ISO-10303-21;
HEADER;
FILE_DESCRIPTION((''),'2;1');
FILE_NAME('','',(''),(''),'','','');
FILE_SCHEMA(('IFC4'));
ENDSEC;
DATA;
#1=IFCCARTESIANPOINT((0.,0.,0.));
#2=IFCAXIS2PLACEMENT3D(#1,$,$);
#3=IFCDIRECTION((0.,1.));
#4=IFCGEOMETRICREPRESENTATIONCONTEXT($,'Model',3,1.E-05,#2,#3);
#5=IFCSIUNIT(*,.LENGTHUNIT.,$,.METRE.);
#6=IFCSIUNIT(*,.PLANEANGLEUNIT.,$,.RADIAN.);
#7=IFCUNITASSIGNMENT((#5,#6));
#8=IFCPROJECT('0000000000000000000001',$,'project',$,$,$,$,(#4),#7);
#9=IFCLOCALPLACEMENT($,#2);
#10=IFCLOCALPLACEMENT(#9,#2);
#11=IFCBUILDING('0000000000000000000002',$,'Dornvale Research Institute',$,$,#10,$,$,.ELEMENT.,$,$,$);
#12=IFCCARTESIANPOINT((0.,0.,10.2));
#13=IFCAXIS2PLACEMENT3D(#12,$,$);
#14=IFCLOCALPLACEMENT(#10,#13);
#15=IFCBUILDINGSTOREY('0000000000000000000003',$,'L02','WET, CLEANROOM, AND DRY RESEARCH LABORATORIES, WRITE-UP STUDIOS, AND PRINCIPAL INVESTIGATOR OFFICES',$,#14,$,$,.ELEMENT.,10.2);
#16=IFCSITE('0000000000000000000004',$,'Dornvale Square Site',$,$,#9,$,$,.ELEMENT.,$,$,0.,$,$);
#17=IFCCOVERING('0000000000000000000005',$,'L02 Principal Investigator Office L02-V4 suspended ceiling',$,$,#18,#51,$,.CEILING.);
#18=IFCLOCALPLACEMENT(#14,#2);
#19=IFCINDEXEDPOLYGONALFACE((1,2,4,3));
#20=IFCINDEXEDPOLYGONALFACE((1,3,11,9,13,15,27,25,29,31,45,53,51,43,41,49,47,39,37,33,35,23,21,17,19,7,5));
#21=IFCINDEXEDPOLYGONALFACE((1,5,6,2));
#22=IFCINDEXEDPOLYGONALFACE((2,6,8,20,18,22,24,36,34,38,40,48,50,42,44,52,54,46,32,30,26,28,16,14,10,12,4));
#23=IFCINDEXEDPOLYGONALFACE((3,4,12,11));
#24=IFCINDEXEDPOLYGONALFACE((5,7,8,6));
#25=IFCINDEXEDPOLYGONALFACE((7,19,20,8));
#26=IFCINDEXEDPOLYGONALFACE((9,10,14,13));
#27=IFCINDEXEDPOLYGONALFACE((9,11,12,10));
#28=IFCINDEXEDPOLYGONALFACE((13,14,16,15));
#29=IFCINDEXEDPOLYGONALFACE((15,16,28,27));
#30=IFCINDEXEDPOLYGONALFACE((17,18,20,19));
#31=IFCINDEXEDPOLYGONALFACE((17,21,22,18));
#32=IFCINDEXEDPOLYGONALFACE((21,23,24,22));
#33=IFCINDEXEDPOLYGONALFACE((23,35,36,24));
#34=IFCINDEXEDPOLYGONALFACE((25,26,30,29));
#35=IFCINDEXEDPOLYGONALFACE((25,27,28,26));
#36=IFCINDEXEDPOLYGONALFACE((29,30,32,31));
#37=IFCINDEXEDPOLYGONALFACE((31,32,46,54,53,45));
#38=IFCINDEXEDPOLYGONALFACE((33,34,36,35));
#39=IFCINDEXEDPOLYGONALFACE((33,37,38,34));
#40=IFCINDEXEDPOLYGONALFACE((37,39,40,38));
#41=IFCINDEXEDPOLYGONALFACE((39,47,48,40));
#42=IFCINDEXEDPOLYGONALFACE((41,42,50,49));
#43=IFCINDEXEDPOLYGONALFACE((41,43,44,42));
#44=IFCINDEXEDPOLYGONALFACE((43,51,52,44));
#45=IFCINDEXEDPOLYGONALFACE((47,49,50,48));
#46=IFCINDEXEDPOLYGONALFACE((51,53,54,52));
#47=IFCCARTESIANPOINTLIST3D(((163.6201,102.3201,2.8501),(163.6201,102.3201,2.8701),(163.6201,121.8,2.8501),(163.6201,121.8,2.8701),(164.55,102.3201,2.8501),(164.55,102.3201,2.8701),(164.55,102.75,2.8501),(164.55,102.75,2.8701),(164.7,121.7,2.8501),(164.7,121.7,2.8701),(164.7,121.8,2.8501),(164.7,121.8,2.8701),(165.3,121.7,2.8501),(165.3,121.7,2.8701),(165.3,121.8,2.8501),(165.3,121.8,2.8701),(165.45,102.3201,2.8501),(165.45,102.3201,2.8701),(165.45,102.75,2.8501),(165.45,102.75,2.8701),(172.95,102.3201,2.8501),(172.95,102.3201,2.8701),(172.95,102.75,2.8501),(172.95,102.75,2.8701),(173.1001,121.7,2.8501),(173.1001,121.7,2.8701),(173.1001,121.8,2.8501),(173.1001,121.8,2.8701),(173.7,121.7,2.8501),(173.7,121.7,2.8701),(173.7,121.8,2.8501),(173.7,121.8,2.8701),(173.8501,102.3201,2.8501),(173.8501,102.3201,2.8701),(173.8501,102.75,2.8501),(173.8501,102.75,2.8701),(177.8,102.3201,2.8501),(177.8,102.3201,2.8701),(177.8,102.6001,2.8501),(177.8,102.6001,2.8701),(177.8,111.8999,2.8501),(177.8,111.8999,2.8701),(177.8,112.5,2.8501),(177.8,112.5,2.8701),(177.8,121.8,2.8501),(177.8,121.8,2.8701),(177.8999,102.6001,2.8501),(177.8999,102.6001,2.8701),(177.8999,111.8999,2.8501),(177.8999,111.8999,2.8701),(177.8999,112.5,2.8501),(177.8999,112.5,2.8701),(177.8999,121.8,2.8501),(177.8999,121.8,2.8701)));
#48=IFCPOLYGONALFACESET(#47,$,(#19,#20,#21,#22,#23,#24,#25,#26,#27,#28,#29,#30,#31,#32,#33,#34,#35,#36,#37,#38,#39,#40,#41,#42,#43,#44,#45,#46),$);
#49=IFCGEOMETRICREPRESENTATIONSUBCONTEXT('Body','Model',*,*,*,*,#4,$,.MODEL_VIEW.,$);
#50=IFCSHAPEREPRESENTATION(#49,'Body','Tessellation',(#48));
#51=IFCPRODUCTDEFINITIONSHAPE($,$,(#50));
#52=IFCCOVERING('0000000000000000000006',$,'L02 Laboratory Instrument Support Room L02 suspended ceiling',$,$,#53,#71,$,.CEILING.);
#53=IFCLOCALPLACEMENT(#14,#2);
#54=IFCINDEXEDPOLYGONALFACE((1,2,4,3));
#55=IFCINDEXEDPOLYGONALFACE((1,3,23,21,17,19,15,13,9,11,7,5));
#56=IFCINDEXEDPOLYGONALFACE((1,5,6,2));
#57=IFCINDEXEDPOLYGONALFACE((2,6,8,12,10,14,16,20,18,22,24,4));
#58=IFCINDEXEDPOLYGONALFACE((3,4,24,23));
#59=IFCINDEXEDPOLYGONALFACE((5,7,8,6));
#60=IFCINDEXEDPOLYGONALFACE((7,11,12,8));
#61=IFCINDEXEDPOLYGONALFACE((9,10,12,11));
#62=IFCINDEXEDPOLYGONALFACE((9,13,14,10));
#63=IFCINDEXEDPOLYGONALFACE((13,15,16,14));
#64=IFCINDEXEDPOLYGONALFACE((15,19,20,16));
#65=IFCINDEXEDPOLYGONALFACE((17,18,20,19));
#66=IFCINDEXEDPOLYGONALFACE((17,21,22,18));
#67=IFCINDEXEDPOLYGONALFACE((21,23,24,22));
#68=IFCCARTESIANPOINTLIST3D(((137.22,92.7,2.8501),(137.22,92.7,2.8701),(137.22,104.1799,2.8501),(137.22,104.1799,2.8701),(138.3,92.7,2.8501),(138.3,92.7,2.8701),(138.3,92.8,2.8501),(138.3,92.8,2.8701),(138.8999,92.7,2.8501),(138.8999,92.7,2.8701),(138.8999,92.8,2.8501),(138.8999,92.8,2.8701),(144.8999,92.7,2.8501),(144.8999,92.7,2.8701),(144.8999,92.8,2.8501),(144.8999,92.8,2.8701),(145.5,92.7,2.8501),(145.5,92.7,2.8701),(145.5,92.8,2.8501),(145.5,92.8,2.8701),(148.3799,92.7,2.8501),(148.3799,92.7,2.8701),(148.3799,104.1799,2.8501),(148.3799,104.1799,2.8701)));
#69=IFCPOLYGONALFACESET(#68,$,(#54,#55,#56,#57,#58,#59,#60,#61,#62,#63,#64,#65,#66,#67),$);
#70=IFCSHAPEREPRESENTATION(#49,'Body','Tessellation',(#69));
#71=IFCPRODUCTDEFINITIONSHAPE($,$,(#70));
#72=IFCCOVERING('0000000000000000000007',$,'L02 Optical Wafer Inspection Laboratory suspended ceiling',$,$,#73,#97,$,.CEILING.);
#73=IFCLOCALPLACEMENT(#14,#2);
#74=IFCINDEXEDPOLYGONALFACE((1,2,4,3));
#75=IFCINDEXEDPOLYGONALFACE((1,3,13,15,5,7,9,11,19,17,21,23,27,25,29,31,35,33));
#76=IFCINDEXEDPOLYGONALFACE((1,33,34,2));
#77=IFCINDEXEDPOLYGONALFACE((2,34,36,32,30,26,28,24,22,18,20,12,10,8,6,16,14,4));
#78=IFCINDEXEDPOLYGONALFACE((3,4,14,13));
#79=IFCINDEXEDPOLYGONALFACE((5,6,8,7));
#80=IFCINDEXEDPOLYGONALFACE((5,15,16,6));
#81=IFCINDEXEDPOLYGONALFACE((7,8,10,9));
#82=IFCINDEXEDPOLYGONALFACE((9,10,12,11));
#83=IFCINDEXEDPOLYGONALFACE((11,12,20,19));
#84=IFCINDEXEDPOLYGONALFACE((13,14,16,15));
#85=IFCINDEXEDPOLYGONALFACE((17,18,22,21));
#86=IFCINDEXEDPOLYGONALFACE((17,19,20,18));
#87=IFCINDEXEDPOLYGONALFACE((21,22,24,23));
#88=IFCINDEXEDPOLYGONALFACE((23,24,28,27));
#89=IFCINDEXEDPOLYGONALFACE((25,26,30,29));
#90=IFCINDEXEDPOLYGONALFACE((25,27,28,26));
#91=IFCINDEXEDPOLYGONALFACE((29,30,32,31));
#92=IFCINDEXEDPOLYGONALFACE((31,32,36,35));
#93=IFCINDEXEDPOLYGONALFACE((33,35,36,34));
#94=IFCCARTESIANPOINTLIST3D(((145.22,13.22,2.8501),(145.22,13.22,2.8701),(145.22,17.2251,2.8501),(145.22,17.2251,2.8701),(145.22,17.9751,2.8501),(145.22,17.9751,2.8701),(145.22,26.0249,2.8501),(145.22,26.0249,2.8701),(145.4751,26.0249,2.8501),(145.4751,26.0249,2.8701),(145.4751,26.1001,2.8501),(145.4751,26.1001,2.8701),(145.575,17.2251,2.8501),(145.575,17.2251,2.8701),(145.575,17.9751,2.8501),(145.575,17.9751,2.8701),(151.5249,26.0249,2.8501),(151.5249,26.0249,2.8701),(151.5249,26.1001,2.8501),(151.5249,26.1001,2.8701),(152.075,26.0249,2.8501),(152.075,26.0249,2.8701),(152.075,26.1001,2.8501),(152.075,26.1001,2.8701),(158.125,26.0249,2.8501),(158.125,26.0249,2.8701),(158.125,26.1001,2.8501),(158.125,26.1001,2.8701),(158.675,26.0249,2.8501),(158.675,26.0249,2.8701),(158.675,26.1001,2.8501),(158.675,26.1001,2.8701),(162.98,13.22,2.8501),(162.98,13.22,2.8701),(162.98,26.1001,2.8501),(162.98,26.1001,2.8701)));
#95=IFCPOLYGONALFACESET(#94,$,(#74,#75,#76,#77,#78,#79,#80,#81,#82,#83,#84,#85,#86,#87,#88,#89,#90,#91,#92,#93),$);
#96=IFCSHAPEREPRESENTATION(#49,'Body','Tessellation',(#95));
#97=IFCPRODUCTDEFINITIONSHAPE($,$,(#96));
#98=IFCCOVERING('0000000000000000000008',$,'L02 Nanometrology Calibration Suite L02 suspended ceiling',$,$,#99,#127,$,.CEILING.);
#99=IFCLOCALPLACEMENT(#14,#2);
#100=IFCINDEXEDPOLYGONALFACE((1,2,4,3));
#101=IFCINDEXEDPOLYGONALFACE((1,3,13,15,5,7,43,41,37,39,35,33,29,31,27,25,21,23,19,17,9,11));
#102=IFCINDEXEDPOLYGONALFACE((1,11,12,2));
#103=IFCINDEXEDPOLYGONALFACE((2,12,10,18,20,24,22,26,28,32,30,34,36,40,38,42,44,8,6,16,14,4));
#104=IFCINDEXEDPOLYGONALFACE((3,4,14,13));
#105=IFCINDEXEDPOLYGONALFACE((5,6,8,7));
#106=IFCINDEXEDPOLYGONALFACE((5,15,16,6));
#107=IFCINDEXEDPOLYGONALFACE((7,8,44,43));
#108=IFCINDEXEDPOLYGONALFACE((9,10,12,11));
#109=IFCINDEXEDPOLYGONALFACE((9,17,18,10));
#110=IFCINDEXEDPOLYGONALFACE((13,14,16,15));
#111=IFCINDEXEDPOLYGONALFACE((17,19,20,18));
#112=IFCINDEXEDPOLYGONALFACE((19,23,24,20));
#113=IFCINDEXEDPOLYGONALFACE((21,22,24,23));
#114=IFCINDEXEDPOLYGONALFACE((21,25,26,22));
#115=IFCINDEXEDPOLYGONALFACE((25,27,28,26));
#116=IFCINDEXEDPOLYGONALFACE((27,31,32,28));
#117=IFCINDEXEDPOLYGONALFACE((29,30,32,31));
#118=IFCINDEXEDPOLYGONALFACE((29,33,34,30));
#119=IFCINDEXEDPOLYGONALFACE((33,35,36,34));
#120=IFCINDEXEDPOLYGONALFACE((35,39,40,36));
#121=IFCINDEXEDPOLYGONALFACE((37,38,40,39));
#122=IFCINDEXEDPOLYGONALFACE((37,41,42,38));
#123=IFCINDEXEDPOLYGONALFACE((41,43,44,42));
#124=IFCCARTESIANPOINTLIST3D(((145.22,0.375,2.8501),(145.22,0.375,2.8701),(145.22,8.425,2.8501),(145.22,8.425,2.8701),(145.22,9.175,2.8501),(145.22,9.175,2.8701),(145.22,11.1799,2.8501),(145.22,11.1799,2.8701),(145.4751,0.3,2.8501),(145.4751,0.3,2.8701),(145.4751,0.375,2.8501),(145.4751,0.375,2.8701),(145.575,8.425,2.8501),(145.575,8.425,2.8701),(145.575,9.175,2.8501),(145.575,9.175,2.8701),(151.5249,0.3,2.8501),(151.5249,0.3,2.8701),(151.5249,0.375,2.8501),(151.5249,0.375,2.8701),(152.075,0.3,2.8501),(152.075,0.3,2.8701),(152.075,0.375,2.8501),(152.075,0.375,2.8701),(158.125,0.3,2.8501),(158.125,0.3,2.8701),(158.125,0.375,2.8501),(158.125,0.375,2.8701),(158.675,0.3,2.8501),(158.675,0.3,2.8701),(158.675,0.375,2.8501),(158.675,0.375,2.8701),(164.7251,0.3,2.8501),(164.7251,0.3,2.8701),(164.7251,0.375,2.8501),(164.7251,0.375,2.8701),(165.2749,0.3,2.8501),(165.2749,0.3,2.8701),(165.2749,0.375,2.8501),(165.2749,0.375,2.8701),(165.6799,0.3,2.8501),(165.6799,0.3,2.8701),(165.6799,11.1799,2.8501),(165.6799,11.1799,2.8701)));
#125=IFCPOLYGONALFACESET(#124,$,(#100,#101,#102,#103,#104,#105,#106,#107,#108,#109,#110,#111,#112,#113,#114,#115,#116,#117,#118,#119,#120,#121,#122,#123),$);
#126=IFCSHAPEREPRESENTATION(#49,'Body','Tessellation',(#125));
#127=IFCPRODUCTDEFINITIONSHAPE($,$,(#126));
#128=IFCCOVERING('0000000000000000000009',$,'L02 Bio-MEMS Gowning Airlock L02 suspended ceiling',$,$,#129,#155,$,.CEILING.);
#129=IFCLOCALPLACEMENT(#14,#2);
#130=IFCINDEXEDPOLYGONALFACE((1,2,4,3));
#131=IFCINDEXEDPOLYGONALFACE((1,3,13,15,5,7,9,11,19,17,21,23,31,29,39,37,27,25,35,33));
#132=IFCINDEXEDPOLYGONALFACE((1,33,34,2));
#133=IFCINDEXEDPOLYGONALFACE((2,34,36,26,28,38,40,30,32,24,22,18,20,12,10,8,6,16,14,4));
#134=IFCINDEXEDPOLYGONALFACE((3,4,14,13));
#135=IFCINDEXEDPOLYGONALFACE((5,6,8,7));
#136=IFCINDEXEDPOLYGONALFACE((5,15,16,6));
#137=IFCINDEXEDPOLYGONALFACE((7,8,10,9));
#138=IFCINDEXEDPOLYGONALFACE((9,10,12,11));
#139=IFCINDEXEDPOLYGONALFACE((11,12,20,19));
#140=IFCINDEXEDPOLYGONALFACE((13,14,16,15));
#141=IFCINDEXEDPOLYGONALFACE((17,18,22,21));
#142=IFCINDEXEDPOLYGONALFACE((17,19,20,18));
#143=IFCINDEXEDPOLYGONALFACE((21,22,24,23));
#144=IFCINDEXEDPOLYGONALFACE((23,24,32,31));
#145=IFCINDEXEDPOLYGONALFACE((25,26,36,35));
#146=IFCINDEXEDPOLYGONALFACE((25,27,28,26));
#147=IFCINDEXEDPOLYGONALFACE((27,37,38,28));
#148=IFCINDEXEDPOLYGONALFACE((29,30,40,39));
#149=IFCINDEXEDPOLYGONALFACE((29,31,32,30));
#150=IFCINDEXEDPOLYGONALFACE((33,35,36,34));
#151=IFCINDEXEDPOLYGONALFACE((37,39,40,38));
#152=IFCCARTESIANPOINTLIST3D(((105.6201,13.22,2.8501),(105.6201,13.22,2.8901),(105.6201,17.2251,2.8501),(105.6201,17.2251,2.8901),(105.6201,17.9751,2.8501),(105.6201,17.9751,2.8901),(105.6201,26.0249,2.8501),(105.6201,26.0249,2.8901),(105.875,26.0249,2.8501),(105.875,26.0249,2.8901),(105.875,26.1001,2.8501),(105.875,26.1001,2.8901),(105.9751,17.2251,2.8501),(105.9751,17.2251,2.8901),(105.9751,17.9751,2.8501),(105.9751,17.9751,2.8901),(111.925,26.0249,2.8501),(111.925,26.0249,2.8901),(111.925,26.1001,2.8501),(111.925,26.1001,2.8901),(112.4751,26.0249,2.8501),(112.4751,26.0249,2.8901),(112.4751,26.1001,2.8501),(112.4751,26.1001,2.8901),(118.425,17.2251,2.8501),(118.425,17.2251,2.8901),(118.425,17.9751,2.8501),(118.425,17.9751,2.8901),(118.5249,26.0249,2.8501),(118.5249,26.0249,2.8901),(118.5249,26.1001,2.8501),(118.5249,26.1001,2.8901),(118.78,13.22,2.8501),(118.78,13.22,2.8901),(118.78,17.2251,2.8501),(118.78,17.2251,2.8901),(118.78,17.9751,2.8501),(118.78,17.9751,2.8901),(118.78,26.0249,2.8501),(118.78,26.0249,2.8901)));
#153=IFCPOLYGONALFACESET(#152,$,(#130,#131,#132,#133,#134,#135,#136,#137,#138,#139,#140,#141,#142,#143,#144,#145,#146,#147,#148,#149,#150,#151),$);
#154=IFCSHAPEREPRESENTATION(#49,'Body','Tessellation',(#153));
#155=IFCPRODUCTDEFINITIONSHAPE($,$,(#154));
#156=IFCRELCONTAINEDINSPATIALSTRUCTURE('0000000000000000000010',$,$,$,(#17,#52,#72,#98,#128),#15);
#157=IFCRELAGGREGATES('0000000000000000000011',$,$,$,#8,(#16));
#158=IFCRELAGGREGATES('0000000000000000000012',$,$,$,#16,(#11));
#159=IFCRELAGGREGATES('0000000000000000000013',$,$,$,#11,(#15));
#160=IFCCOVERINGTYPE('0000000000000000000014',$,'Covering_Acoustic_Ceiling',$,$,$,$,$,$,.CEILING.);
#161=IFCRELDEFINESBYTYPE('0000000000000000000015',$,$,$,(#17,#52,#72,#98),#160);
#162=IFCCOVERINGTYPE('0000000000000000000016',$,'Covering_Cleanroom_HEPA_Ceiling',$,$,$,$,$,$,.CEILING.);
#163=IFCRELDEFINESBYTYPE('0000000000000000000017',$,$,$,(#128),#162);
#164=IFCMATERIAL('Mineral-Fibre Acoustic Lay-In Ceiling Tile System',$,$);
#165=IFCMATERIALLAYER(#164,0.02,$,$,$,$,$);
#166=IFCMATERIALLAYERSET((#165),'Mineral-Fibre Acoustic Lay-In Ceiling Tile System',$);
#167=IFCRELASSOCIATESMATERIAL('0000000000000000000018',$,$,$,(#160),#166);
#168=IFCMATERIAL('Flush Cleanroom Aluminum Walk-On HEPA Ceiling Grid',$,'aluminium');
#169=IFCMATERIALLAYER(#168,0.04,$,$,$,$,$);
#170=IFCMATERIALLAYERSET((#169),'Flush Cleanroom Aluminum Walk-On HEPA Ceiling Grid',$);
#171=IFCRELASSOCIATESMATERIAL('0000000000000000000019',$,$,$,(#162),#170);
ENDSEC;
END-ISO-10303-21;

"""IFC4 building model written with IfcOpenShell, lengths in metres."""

from ifc_helpers import new_model, si_unit, direction, frame, origin, place, context, subcontext, project, spatial, polyline, outline, extrude, material, layer, layer_set, type_object, element, save


model = new_model("IFC4")

# Units and contexts
model_context = context("Model", 3, precision=1e-05, world=origin(), true_north=direction((0.0, 1.0)))
body_context = subcontext(model_context, "Body", "Model", "MODEL_VIEW")
ifc_project = project(units=[si_unit("LENGTHUNIT", "METRE"), si_unit("PLANEANGLEUNIT", "RADIAN")], contexts=[model_context])

# Site, building, storey
site_placement = place(None, origin())
site = spatial("IfcSite", under=ifc_project, at=site_placement, Name="Dornvale Square Site", CompositionType="ELEMENT", RefElevation=0.0)
building_placement = place(site_placement, origin())
building = spatial("IfcBuilding", under=site, at=building_placement, Name="Dornvale Research Institute", CompositionType="ELEMENT")
storey_placement = place(building_placement, frame((0.0, 0.0, 10.2)))
storey = spatial("IfcBuildingStorey", under=building, at=storey_placement, Name="L02", Description="WET, CLEANROOM, AND DRY RESEARCH LABORATORIES, WRITE-UP STUDIOS, AND PRINCIPAL INVESTIGATOR OFFICES", CompositionType="ELEMENT", Elevation=10.2)

# Coverings
ifc_material_1 = material(Name="Mineral-Fibre Acoustic Lay-In Ceiling Tile System")
ifc_layer_1 = layer(ifc_material_1, 0.02)
ifc_layer_set_1 = layer_set([ifc_layer_1], Name="Mineral-Fibre Acoustic Lay-In Ceiling Tile System")
covering_type_1 = type_object("IfcCoveringType", Name="Covering_Acoustic_Ceiling", PredefinedType="CEILING", material=ifc_layer_set_1)
covering_1_placement = place(storey_placement, frame((0.0, 0.0, 2.8501)))
element("IfcCovering", 1, at=covering_1_placement, inside=storey, type_object=covering_type_1, Name="L02 Principal Investigator Office L02-V4 suspended ceiling", PredefinedType="CEILING", context=body_context, shape_type="SweptSolid", body=[
    extrude(outline(polyline([(165.3, 121.7), (165.3, 121.8), (173.1001, 121.8), (173.1001, 121.7), (173.7, 121.7), (173.7, 121.8), (177.8, 121.8), (177.8999, 121.8), (177.8999, 112.5), (177.8, 112.5), (177.8, 111.8999), (177.8999, 111.8999), (177.8999, 102.6001), (177.8, 102.6001), (177.8, 102.3201), (173.8501, 102.3201), (173.8501, 102.75), (172.95, 102.75), (172.95, 102.3201), (165.45, 102.3201), (165.45, 102.75), (164.55, 102.75), (164.55, 102.3201), (163.6201, 102.3201), (163.6201, 121.8), (164.7, 121.8), (164.7, 121.7), (165.3, 121.7)])), origin(), (0.0, 0.0, 1.0), 0.02),
])
covering_2_placement = place(storey_placement, frame((0.0, 0.0, 2.8501)))
element("IfcCovering", 2, at=covering_2_placement, inside=storey, type_object=covering_type_1, Name="L02 Laboratory Instrument Support Room L02 suspended ceiling", PredefinedType="CEILING", context=body_context, shape_type="SweptSolid", body=[
    extrude(outline(polyline([(138.8999, 92.7), (138.8999, 92.8), (138.3, 92.8), (138.3, 92.7), (137.22, 92.7), (137.22, 104.1799), (148.3799, 104.1799), (148.3799, 92.7), (145.5, 92.7), (145.5, 92.8), (144.8999, 92.8), (144.8999, 92.7), (138.8999, 92.7)])), origin(), (0.0, 0.0, 1.0), 0.02),
])
covering_3_placement = place(storey_placement, frame((0.0, 0.0, 2.8501)))
element("IfcCovering", 3, at=covering_3_placement, inside=storey, type_object=covering_type_1, Name="L02 Optical Wafer Inspection Laboratory suspended ceiling", PredefinedType="CEILING", context=body_context, shape_type="SweptSolid", body=[
    extrude(outline(polyline([(145.22, 17.9751), (145.22, 26.0249), (145.4751, 26.0249), (145.4751, 26.1001), (151.5249, 26.1001), (151.5249, 26.0249), (152.075, 26.0249), (152.075, 26.1001), (158.125, 26.1001), (158.125, 26.0249), (158.675, 26.0249), (158.675, 26.1001), (162.98, 26.1001), (162.98, 13.22), (145.22, 13.22), (145.22, 17.2251), (145.575, 17.2251), (145.575, 17.9751), (145.22, 17.9751)])), origin(), (0.0, 0.0, 1.0), 0.02),
])
covering_4_placement = place(storey_placement, frame((0.0, 0.0, 2.8501)))
element("IfcCovering", 4, at=covering_4_placement, inside=storey, type_object=covering_type_1, Name="L02 Nanometrology Calibration Suite L02 suspended ceiling", PredefinedType="CEILING", context=body_context, shape_type="SweptSolid", body=[
    extrude(outline(polyline([(158.675, 0.3), (158.675, 0.375), (158.125, 0.375), (158.125, 0.3), (152.075, 0.3), (152.075, 0.375), (151.5249, 0.375), (151.5249, 0.3), (145.4751, 0.3), (145.4751, 0.375), (145.22, 0.375), (145.22, 8.425), (145.575, 8.425), (145.575, 9.175), (145.22, 9.175), (145.22, 11.1799), (165.6799, 11.1799), (165.6799, 0.3), (165.2749, 0.3), (165.2749, 0.375), (164.7251, 0.375), (164.7251, 0.3), (158.675, 0.3)])), origin(), (0.0, 0.0, 1.0), 0.02),
])
ifc_material_2 = material(Name="Flush Cleanroom Aluminum Walk-On HEPA Ceiling Grid", Category="aluminium")
ifc_layer_2 = layer(ifc_material_2, 0.04)
ifc_layer_set_2 = layer_set([ifc_layer_2], Name="Flush Cleanroom Aluminum Walk-On HEPA Ceiling Grid")
covering_type_2 = type_object("IfcCoveringType", Name="Covering_Cleanroom_HEPA_Ceiling", PredefinedType="CEILING", material=ifc_layer_set_2)
covering_5_placement = place(storey_placement, frame((0.0, 0.0, 2.8501)))
element("IfcCovering", 5, at=covering_5_placement, inside=storey, type_object=covering_type_2, Name="L02 Bio-MEMS Gowning Airlock L02 suspended ceiling", PredefinedType="CEILING", context=body_context, shape_type="SweptSolid", body=[
    extrude(outline(polyline([(105.6201, 13.22), (105.6201, 17.2251), (105.9751, 17.2251), (105.9751, 17.9751), (105.6201, 17.9751), (105.6201, 26.0249), (105.875, 26.0249), (105.875, 26.1001), (111.925, 26.1001), (111.925, 26.0249), (112.4751, 26.0249), (112.4751, 26.1001), (118.5249, 26.1001), (118.5249, 26.0249), (118.78, 26.0249), (118.78, 17.9751), (118.425, 17.9751), (118.425, 17.2251), (118.78, 17.2251), (118.78, 13.22), (105.6201, 13.22)])), origin(), (0.0, 0.0, 1.0), 0.04),
])

save(model, "model.ifc")
